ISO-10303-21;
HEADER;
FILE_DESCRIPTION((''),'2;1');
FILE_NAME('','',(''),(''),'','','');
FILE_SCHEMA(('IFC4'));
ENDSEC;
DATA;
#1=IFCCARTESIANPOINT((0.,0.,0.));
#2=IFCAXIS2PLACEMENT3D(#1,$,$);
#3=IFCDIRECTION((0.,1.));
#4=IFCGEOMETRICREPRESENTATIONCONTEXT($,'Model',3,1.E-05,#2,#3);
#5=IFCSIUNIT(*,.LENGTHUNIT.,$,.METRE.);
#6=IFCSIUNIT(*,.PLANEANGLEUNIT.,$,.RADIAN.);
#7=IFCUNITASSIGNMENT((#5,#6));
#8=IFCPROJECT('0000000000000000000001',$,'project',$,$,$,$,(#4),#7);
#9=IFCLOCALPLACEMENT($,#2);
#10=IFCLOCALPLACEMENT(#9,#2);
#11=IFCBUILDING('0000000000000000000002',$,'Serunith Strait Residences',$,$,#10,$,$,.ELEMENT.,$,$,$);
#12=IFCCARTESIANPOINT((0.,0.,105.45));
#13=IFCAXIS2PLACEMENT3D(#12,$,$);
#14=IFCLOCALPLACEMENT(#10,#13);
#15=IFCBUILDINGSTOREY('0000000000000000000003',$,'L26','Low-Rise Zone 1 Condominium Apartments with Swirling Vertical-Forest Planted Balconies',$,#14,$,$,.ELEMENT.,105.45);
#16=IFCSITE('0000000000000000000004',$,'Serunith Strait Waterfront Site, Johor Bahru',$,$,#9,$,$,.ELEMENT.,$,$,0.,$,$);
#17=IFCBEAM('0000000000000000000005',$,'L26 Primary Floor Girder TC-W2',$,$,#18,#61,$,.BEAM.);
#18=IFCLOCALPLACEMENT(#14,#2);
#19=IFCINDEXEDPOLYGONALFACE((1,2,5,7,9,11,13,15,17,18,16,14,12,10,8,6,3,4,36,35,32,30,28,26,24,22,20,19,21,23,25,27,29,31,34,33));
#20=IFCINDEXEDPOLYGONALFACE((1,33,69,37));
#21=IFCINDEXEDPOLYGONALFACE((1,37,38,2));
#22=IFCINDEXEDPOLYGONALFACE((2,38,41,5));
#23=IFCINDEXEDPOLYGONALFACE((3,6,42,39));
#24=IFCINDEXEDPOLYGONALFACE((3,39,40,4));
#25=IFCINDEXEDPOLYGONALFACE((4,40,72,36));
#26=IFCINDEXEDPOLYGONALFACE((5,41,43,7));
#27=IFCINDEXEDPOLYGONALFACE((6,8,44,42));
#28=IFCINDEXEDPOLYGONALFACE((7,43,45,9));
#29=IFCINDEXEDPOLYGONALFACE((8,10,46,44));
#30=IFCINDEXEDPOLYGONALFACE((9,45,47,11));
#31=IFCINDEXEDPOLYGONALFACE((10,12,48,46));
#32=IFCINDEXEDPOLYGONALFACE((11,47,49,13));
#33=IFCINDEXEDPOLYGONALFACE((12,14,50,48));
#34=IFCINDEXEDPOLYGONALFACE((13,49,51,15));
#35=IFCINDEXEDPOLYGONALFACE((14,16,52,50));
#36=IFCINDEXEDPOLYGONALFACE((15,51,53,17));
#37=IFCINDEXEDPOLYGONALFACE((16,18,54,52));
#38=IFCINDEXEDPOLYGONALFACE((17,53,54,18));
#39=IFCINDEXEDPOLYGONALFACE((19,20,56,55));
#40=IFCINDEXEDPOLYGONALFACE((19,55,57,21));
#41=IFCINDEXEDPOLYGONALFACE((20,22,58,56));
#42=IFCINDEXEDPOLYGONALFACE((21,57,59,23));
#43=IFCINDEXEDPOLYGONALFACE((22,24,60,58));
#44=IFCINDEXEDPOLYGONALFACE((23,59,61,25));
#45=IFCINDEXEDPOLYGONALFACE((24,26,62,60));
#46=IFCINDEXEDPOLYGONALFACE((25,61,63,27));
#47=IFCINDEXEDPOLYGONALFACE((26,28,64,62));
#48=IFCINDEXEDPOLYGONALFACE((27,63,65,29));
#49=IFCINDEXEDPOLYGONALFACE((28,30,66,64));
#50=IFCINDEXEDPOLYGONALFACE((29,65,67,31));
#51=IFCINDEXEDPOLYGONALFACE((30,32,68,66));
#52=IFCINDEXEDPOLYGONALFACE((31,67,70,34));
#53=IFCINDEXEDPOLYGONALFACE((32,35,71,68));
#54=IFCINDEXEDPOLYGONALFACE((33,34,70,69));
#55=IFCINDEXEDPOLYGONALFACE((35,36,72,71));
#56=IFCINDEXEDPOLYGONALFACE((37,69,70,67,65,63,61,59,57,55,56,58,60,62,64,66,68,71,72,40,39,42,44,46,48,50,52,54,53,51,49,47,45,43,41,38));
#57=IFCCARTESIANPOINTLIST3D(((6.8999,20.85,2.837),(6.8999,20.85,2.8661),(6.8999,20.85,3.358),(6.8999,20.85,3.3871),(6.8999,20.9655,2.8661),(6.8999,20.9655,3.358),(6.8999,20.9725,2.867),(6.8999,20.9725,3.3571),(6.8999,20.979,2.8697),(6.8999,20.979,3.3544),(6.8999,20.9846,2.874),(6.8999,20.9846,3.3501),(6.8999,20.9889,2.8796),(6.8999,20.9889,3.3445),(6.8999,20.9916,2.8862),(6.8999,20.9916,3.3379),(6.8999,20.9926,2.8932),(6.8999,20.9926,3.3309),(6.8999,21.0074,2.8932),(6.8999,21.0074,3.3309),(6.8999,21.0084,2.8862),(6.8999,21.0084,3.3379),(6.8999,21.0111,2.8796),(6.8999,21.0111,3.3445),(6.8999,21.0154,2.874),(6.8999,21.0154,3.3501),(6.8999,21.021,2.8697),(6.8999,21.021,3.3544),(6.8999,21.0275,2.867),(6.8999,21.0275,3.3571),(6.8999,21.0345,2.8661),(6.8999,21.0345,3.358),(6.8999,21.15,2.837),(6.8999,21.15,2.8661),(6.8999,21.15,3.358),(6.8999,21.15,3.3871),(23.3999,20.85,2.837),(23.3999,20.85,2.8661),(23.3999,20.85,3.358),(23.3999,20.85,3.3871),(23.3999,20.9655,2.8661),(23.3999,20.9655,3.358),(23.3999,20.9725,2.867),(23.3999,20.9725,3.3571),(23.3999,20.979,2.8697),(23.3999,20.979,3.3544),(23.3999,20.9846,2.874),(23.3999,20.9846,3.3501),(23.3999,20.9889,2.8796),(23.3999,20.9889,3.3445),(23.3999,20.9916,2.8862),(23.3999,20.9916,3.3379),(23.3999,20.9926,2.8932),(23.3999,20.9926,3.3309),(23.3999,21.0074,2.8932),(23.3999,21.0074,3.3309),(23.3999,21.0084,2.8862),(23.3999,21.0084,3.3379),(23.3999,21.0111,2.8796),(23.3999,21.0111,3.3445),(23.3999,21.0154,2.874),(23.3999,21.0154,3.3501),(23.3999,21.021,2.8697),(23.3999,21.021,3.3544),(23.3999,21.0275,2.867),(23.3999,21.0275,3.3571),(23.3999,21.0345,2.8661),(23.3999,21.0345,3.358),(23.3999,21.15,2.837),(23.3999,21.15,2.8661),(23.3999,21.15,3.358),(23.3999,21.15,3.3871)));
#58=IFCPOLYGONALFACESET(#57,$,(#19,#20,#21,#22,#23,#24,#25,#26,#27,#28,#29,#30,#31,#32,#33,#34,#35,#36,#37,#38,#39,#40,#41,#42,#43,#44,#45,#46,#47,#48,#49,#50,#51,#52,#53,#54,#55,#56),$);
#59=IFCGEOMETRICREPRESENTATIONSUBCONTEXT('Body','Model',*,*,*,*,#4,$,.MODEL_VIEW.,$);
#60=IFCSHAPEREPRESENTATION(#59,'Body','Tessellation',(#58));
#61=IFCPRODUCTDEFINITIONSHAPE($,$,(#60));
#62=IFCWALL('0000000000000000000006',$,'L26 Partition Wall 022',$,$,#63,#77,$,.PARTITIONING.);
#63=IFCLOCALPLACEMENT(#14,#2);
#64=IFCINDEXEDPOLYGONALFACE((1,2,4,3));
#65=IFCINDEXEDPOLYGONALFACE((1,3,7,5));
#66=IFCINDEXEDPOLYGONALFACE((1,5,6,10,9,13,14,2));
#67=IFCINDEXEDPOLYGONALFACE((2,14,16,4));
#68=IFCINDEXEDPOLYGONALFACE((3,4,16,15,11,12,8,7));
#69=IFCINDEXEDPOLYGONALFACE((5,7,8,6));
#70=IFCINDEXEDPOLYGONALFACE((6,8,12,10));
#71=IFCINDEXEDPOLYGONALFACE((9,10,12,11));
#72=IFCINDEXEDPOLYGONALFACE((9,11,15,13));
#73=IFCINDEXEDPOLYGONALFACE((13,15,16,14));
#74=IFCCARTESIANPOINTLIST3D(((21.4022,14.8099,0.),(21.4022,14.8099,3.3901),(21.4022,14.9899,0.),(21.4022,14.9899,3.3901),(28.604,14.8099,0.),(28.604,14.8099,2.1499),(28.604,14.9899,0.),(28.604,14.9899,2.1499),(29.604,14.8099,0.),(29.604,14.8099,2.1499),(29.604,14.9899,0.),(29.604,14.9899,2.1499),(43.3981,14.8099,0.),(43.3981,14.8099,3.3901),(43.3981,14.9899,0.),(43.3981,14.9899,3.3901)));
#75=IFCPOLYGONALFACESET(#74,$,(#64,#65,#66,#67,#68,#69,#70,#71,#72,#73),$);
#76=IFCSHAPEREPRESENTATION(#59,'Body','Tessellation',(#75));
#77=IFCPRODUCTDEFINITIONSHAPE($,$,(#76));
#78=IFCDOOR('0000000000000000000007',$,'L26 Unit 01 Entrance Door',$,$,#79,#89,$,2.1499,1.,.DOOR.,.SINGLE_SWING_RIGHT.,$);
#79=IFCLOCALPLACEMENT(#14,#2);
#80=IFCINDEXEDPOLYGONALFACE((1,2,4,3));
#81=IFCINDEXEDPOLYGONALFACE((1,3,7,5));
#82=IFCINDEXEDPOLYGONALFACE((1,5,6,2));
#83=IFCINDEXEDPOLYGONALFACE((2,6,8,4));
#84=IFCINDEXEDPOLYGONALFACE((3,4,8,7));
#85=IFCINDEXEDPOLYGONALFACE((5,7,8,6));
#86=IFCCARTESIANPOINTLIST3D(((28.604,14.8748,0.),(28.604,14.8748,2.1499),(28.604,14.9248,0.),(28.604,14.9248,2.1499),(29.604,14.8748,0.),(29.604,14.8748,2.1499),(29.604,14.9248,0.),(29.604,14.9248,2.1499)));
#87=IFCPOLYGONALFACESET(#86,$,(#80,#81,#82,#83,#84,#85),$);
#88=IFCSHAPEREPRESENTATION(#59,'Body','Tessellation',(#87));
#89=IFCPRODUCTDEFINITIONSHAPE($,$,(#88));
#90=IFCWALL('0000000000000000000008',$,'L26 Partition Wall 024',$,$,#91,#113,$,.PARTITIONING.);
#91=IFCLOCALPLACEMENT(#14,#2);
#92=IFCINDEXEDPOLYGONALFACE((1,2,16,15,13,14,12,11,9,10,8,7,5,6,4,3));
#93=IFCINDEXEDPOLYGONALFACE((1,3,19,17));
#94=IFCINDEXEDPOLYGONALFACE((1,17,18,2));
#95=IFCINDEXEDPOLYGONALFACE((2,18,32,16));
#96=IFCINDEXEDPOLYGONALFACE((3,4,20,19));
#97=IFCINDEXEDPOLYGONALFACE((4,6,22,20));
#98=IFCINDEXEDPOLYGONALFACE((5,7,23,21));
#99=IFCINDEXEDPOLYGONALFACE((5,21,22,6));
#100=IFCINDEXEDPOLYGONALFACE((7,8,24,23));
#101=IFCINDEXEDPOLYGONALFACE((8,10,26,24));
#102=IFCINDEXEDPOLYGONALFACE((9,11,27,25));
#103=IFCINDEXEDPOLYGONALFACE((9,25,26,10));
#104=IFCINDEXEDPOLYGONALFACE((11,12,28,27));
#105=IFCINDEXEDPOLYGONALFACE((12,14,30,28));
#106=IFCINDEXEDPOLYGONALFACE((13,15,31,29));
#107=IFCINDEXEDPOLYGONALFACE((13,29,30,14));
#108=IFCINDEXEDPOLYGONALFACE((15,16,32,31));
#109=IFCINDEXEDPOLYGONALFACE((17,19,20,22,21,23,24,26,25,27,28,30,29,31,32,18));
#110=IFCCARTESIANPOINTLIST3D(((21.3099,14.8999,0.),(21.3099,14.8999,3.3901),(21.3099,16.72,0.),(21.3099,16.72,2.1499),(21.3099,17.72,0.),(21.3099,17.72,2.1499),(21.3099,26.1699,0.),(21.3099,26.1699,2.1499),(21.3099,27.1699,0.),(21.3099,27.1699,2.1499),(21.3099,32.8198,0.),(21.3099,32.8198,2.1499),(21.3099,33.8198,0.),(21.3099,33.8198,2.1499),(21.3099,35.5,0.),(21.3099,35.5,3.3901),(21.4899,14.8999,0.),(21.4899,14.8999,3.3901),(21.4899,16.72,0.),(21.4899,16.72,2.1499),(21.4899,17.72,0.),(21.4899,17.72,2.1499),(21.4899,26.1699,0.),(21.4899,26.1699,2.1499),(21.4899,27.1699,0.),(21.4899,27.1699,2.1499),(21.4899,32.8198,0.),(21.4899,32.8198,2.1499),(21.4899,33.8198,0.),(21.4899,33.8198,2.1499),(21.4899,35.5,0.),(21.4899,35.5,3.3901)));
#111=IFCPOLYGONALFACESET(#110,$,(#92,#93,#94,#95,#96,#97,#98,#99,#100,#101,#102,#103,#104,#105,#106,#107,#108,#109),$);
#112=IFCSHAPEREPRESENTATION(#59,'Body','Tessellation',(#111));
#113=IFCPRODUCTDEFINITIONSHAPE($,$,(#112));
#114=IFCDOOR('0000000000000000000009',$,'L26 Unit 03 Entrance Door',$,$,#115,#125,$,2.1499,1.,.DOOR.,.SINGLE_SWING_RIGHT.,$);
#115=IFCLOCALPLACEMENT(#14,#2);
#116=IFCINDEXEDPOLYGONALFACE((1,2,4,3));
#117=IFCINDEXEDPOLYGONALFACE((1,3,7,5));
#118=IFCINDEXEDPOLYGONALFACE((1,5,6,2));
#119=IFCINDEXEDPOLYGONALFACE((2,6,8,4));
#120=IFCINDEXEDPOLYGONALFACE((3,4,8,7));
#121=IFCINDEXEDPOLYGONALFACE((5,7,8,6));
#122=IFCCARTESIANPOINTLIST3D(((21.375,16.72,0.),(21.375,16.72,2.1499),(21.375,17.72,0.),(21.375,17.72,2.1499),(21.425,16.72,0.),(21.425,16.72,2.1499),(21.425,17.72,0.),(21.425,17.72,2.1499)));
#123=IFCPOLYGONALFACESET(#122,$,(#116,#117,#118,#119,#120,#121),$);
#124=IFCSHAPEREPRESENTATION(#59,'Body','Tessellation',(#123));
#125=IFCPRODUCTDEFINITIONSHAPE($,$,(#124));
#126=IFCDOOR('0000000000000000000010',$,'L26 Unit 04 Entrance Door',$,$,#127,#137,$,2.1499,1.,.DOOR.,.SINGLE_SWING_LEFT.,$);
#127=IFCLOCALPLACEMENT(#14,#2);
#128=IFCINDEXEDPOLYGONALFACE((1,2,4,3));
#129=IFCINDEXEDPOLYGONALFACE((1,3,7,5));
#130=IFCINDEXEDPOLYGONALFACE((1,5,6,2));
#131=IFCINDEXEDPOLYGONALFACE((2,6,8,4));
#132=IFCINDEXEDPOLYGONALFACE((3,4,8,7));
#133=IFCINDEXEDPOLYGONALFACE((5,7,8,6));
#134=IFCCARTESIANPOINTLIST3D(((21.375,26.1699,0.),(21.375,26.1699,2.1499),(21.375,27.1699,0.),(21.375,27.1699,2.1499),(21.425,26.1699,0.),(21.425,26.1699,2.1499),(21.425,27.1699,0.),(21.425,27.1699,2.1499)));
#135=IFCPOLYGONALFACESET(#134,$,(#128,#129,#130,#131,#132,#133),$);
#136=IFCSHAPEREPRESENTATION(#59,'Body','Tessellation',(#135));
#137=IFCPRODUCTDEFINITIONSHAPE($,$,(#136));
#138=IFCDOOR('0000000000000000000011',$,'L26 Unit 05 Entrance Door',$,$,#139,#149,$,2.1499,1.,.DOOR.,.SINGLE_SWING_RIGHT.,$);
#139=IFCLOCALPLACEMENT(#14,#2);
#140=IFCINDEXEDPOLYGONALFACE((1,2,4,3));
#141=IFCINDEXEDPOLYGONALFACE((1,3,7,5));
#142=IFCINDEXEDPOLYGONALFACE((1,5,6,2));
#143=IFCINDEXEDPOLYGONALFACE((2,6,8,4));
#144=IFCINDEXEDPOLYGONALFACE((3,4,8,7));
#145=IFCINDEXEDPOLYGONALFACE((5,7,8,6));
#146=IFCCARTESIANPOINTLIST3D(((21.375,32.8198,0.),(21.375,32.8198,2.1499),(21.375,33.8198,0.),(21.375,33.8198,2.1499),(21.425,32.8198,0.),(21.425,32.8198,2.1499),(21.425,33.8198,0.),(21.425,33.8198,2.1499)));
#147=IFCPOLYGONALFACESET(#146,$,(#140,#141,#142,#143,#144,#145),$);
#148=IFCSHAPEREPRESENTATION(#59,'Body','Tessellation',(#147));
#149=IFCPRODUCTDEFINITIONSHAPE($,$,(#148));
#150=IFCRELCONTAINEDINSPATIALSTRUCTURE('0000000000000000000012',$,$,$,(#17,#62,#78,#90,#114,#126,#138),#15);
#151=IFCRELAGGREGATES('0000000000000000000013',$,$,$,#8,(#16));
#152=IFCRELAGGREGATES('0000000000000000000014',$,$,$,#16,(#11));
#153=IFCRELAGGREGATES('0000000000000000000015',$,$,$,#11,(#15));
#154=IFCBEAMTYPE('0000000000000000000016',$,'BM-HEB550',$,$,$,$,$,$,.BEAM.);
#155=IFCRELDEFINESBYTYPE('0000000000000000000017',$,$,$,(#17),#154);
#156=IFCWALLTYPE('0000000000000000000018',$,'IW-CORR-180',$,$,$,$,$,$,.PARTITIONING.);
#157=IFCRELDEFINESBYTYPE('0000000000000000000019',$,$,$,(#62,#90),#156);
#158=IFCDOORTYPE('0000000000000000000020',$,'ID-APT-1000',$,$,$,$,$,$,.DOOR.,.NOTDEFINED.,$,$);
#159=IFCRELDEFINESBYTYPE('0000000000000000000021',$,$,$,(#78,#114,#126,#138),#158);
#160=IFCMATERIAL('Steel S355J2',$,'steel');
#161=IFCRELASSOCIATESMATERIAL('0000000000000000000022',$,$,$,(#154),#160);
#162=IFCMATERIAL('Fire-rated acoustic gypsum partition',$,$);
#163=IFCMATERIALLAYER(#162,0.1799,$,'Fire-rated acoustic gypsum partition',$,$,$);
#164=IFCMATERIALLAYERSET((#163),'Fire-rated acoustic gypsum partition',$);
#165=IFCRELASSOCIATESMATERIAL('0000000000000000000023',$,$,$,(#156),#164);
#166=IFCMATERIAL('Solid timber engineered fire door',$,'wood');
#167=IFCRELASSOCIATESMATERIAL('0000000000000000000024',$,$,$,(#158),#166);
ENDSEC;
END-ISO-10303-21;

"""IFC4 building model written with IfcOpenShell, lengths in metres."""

from ifc_helpers import new_model, si_unit, direction, frame, frame_2d, origin, origin_2d, place, context, subcontext, project, spatial, rectangle, i_section, extrude, source, transform, mapped, material, layer, layer_set, material_profile, profile_set, type_object, element, fill, save


model = new_model("IFC4")

# Units and contexts
model_context = context("Model", 3, precision=1e-05, world=origin(), true_north=direction((0.0, 1.0)))
body_context = subcontext(model_context, "Body", "Model", "MODEL_VIEW")
ifc_project = project(units=[si_unit("LENGTHUNIT", "METRE"), si_unit("PLANEANGLEUNIT", "RADIAN")], contexts=[model_context])

# Site, building, storey
site_placement = place(None, origin())
site = spatial("IfcSite", under=ifc_project, at=site_placement, Name="Serunith Strait Waterfront Site, Johor Bahru", CompositionType="ELEMENT", RefElevation=0.0)
building_placement = place(site_placement, origin())
building = spatial("IfcBuilding", under=site, at=building_placement, Name="Serunith Strait Residences", CompositionType="ELEMENT")
storey_placement = place(building_placement, frame((0.0, 0.0, 105.45)))
storey = spatial("IfcBuildingStorey", under=building, at=storey_placement, Name="L26", Description="Low-Rise Zone 1 Condominium Apartments with Swirling Vertical-Forest Planted Balconies", CompositionType="ELEMENT", Elevation=105.45)

# Beam
ifc_material_1 = material(Name="Steel S355J2", Category="steel")
ifc_material_profile = material_profile(ifc_material_1, i_section(OverallWidth=0.3, OverallDepth=0.55, WebThickness=0.0149, FlangeThickness=0.0291, FilletRadius=0.0271, at=origin_2d()), Name="HEB 550")
ifc_profile_set = profile_set([ifc_material_profile], Name="Steel S355J2")
beam_type = type_object("IfcBeamType", Name="BM-HEB550", PredefinedType="BEAM", material=ifc_profile_set)
shared_shape_1 = source(origin(), body_context, "Body", "SweptSolid", [
    extrude(i_section(OverallWidth=0.3, OverallDepth=0.55, WebThickness=0.0149, FlangeThickness=0.0291, FilletRadius=0.0271, at=origin_2d()), origin(), (0.0, 0.0, 1.0), 16.5),
])
beam_placement = place(storey_placement, frame((23.3999, 21.0, 3.1121), z_axis=(-1.0, 0.0, 0.0), x_axis=(0.0, -1.0, 0.0)))
element("IfcBeam", 1, at=beam_placement, inside=storey, type_object=beam_type, Name="L26 Primary Floor Girder TC-W2", PredefinedType="BEAM", context=body_context, shape_type="MappedRepresentation", body=[
    mapped(shared_shape_1, transform((0.0, 0.0, 0.0), scale=1.0)),
])

# Wall, opening, door
ifc_material_2 = material(Name="Fire-rated acoustic gypsum partition")
ifc_layer_1 = layer(ifc_material_2, 0.1799, Name="Fire-rated acoustic gypsum partition")
ifc_layer_set_1 = layer_set([ifc_layer_1], Name="Fire-rated acoustic gypsum partition")
wall_type_1 = type_object("IfcWallType", Name="IW-CORR-180", PredefinedType="PARTITIONING", material=ifc_layer_set_1)
wall_1_placement = place(storey_placement, frame((21.4021, 14.8999, 0.0), z_axis=(0.0, 0.0, 1.0), x_axis=(1.0, 0.0, 0.0)))
wall_1 = element("IfcWall", 2, at=wall_1_placement, inside=storey, type_object=wall_type_1, Name="L26 Partition Wall 022", PredefinedType="PARTITIONING", context=body_context, shape_type="SweptSolid", body=[
    extrude(rectangle(XDim=21.9958, YDim=0.1799, at=frame_2d((10.998, 0.0))), origin(), (0.0, 0.0, 1.0), 3.3901),
])
opening_1_placement = place(wall_1_placement, frame((7.2019, 0.0, 0.0)))
opening_1 = element("IfcOpeningElement", 3, at=opening_1_placement, cuts=wall_1, PredefinedType="OPENING", context=body_context, shape_type="SweptSolid", body=[
    extrude(rectangle(XDim=1.0, YDim=2.1499, at=frame_2d((0.5, 1.075))), frame((0.0, 0.1001, 0.0), z_axis=(0.0, -1.0, 0.0), x_axis=(1.0, 0.0, 0.0)), (0.0, 0.0, 1.0), 0.2),
])
ifc_material_3 = material(Name="Solid timber engineered fire door", Category="wood")
door_type_1 = type_object("IfcDoorType", Name="ID-APT-1000", OperationType="NOTDEFINED", PredefinedType="DOOR", material=ifc_material_3)
shared_shape_2 = source(origin(), body_context, "Body", "SweptSolid", [
    extrude(rectangle(XDim=1.0, YDim=2.1499, at=frame_2d((0.5, 1.075))), frame((0.0, 0.0249, 0.0), z_axis=(0.0, -1.0, 0.0), x_axis=(1.0, 0.0, 0.0)), (0.0, 0.0, 1.0), 0.05),
])
door_1_placement = place(opening_1_placement, origin())
door_1 = element("IfcDoor", 4, at=door_1_placement, inside=storey, type_object=door_type_1, Name="L26 Unit 01 Entrance Door", OperationType="SINGLE_SWING_RIGHT", OverallHeight=2.1499, OverallWidth=1.0, PredefinedType="DOOR", context=body_context, shape_type="MappedRepresentation", body=[
    mapped(shared_shape_2, transform((0.0, 0.0, 0.0), scale=1.0)),
])
fill(opening_1, door_1)

# Wall, openings, doors
wall_2_placement = place(storey_placement, frame((21.3999, 14.8999, 0.0), z_axis=(0.0, 0.0, 1.0), x_axis=(0.0, 1.0, 0.0)))
wall_2 = element("IfcWall", 5, at=wall_2_placement, inside=storey, type_object=wall_type_1, Name="L26 Partition Wall 024", PredefinedType="PARTITIONING", context=body_context, shape_type="SweptSolid", body=[
    extrude(rectangle(XDim=20.6001, YDim=0.1799, at=frame_2d((10.3, 0.0))), origin(), (0.0, 0.0, 1.0), 3.3901),
])
opening_2_placement = place(wall_2_placement, frame((1.8201, 0.0, 0.0)))
opening_2 = element("IfcOpeningElement", 6, at=opening_2_placement, cuts=wall_2, PredefinedType="OPENING", context=body_context, shape_type="SweptSolid", body=[
    extrude(rectangle(XDim=1.0, YDim=2.1499, at=frame_2d((0.5, 1.075))), frame((0.0, 0.1001, 0.0), z_axis=(0.0, -1.0, 0.0), x_axis=(1.0, 0.0, 0.0)), (0.0, 0.0, 1.0), 0.2),
])
opening_3_placement = place(wall_2_placement, frame((11.27, 0.0, 0.0)))
opening_3 = element("IfcOpeningElement", 7, at=opening_3_placement, cuts=wall_2, PredefinedType="OPENING", context=body_context, shape_type="SweptSolid", body=[
    extrude(rectangle(XDim=1.0, YDim=2.1499, at=frame_2d((0.5, 1.075))), frame((0.0, 0.1001, 0.0), z_axis=(0.0, -1.0, 0.0), x_axis=(1.0, 0.0, 0.0)), (0.0, 0.0, 1.0), 0.2),
])
opening_4_placement = place(wall_2_placement, frame((17.9199, 0.0, 0.0)))
opening_4 = element("IfcOpeningElement", 8, at=opening_4_placement, cuts=wall_2, PredefinedType="OPENING", context=body_context, shape_type="SweptSolid", body=[
    extrude(rectangle(XDim=1.0, YDim=2.1499, at=frame_2d((0.5, 1.075))), frame((0.0, 0.1001, 0.0), z_axis=(0.0, -1.0, 0.0), x_axis=(1.0, 0.0, 0.0)), (0.0, 0.0, 1.0), 0.2),
])
door_2_placement = place(opening_2_placement, origin())
door_2 = element("IfcDoor", 9, at=door_2_placement, inside=storey, type_object=door_type_1, Name="L26 Unit 03 Entrance Door", OperationType="SINGLE_SWING_RIGHT", OverallHeight=2.1499, OverallWidth=1.0, PredefinedType="DOOR", context=body_context, shape_type="MappedRepresentation", body=[
    mapped(shared_shape_2, transform((0.0, 0.0, 0.0), scale=1.0)),
])
fill(opening_2, door_2)
door_3_placement = place(opening_3_placement, origin())
door_3 = element("IfcDoor", 10, at=door_3_placement, inside=storey, type_object=door_type_1, Name="L26 Unit 04 Entrance Door", OperationType="SINGLE_SWING_LEFT", OverallHeight=2.1499, OverallWidth=1.0, PredefinedType="DOOR", context=body_context, shape_type="MappedRepresentation", body=[
    mapped(shared_shape_2, transform((0.0, 0.0, 0.0), scale=1.0)),
])
fill(opening_3, door_3)
door_4_placement = place(opening_4_placement, origin())
door_4 = element("IfcDoor", 11, at=door_4_placement, inside=storey, type_object=door_type_1, Name="L26 Unit 05 Entrance Door", OperationType="SINGLE_SWING_RIGHT", OverallHeight=2.1499, OverallWidth=1.0, PredefinedType="DOOR", context=body_context, shape_type="MappedRepresentation", body=[
    mapped(shared_shape_2, transform((0.0, 0.0, 0.0), scale=1.0)),
])
fill(opening_4, door_4)

save(model, "model.ifc")
